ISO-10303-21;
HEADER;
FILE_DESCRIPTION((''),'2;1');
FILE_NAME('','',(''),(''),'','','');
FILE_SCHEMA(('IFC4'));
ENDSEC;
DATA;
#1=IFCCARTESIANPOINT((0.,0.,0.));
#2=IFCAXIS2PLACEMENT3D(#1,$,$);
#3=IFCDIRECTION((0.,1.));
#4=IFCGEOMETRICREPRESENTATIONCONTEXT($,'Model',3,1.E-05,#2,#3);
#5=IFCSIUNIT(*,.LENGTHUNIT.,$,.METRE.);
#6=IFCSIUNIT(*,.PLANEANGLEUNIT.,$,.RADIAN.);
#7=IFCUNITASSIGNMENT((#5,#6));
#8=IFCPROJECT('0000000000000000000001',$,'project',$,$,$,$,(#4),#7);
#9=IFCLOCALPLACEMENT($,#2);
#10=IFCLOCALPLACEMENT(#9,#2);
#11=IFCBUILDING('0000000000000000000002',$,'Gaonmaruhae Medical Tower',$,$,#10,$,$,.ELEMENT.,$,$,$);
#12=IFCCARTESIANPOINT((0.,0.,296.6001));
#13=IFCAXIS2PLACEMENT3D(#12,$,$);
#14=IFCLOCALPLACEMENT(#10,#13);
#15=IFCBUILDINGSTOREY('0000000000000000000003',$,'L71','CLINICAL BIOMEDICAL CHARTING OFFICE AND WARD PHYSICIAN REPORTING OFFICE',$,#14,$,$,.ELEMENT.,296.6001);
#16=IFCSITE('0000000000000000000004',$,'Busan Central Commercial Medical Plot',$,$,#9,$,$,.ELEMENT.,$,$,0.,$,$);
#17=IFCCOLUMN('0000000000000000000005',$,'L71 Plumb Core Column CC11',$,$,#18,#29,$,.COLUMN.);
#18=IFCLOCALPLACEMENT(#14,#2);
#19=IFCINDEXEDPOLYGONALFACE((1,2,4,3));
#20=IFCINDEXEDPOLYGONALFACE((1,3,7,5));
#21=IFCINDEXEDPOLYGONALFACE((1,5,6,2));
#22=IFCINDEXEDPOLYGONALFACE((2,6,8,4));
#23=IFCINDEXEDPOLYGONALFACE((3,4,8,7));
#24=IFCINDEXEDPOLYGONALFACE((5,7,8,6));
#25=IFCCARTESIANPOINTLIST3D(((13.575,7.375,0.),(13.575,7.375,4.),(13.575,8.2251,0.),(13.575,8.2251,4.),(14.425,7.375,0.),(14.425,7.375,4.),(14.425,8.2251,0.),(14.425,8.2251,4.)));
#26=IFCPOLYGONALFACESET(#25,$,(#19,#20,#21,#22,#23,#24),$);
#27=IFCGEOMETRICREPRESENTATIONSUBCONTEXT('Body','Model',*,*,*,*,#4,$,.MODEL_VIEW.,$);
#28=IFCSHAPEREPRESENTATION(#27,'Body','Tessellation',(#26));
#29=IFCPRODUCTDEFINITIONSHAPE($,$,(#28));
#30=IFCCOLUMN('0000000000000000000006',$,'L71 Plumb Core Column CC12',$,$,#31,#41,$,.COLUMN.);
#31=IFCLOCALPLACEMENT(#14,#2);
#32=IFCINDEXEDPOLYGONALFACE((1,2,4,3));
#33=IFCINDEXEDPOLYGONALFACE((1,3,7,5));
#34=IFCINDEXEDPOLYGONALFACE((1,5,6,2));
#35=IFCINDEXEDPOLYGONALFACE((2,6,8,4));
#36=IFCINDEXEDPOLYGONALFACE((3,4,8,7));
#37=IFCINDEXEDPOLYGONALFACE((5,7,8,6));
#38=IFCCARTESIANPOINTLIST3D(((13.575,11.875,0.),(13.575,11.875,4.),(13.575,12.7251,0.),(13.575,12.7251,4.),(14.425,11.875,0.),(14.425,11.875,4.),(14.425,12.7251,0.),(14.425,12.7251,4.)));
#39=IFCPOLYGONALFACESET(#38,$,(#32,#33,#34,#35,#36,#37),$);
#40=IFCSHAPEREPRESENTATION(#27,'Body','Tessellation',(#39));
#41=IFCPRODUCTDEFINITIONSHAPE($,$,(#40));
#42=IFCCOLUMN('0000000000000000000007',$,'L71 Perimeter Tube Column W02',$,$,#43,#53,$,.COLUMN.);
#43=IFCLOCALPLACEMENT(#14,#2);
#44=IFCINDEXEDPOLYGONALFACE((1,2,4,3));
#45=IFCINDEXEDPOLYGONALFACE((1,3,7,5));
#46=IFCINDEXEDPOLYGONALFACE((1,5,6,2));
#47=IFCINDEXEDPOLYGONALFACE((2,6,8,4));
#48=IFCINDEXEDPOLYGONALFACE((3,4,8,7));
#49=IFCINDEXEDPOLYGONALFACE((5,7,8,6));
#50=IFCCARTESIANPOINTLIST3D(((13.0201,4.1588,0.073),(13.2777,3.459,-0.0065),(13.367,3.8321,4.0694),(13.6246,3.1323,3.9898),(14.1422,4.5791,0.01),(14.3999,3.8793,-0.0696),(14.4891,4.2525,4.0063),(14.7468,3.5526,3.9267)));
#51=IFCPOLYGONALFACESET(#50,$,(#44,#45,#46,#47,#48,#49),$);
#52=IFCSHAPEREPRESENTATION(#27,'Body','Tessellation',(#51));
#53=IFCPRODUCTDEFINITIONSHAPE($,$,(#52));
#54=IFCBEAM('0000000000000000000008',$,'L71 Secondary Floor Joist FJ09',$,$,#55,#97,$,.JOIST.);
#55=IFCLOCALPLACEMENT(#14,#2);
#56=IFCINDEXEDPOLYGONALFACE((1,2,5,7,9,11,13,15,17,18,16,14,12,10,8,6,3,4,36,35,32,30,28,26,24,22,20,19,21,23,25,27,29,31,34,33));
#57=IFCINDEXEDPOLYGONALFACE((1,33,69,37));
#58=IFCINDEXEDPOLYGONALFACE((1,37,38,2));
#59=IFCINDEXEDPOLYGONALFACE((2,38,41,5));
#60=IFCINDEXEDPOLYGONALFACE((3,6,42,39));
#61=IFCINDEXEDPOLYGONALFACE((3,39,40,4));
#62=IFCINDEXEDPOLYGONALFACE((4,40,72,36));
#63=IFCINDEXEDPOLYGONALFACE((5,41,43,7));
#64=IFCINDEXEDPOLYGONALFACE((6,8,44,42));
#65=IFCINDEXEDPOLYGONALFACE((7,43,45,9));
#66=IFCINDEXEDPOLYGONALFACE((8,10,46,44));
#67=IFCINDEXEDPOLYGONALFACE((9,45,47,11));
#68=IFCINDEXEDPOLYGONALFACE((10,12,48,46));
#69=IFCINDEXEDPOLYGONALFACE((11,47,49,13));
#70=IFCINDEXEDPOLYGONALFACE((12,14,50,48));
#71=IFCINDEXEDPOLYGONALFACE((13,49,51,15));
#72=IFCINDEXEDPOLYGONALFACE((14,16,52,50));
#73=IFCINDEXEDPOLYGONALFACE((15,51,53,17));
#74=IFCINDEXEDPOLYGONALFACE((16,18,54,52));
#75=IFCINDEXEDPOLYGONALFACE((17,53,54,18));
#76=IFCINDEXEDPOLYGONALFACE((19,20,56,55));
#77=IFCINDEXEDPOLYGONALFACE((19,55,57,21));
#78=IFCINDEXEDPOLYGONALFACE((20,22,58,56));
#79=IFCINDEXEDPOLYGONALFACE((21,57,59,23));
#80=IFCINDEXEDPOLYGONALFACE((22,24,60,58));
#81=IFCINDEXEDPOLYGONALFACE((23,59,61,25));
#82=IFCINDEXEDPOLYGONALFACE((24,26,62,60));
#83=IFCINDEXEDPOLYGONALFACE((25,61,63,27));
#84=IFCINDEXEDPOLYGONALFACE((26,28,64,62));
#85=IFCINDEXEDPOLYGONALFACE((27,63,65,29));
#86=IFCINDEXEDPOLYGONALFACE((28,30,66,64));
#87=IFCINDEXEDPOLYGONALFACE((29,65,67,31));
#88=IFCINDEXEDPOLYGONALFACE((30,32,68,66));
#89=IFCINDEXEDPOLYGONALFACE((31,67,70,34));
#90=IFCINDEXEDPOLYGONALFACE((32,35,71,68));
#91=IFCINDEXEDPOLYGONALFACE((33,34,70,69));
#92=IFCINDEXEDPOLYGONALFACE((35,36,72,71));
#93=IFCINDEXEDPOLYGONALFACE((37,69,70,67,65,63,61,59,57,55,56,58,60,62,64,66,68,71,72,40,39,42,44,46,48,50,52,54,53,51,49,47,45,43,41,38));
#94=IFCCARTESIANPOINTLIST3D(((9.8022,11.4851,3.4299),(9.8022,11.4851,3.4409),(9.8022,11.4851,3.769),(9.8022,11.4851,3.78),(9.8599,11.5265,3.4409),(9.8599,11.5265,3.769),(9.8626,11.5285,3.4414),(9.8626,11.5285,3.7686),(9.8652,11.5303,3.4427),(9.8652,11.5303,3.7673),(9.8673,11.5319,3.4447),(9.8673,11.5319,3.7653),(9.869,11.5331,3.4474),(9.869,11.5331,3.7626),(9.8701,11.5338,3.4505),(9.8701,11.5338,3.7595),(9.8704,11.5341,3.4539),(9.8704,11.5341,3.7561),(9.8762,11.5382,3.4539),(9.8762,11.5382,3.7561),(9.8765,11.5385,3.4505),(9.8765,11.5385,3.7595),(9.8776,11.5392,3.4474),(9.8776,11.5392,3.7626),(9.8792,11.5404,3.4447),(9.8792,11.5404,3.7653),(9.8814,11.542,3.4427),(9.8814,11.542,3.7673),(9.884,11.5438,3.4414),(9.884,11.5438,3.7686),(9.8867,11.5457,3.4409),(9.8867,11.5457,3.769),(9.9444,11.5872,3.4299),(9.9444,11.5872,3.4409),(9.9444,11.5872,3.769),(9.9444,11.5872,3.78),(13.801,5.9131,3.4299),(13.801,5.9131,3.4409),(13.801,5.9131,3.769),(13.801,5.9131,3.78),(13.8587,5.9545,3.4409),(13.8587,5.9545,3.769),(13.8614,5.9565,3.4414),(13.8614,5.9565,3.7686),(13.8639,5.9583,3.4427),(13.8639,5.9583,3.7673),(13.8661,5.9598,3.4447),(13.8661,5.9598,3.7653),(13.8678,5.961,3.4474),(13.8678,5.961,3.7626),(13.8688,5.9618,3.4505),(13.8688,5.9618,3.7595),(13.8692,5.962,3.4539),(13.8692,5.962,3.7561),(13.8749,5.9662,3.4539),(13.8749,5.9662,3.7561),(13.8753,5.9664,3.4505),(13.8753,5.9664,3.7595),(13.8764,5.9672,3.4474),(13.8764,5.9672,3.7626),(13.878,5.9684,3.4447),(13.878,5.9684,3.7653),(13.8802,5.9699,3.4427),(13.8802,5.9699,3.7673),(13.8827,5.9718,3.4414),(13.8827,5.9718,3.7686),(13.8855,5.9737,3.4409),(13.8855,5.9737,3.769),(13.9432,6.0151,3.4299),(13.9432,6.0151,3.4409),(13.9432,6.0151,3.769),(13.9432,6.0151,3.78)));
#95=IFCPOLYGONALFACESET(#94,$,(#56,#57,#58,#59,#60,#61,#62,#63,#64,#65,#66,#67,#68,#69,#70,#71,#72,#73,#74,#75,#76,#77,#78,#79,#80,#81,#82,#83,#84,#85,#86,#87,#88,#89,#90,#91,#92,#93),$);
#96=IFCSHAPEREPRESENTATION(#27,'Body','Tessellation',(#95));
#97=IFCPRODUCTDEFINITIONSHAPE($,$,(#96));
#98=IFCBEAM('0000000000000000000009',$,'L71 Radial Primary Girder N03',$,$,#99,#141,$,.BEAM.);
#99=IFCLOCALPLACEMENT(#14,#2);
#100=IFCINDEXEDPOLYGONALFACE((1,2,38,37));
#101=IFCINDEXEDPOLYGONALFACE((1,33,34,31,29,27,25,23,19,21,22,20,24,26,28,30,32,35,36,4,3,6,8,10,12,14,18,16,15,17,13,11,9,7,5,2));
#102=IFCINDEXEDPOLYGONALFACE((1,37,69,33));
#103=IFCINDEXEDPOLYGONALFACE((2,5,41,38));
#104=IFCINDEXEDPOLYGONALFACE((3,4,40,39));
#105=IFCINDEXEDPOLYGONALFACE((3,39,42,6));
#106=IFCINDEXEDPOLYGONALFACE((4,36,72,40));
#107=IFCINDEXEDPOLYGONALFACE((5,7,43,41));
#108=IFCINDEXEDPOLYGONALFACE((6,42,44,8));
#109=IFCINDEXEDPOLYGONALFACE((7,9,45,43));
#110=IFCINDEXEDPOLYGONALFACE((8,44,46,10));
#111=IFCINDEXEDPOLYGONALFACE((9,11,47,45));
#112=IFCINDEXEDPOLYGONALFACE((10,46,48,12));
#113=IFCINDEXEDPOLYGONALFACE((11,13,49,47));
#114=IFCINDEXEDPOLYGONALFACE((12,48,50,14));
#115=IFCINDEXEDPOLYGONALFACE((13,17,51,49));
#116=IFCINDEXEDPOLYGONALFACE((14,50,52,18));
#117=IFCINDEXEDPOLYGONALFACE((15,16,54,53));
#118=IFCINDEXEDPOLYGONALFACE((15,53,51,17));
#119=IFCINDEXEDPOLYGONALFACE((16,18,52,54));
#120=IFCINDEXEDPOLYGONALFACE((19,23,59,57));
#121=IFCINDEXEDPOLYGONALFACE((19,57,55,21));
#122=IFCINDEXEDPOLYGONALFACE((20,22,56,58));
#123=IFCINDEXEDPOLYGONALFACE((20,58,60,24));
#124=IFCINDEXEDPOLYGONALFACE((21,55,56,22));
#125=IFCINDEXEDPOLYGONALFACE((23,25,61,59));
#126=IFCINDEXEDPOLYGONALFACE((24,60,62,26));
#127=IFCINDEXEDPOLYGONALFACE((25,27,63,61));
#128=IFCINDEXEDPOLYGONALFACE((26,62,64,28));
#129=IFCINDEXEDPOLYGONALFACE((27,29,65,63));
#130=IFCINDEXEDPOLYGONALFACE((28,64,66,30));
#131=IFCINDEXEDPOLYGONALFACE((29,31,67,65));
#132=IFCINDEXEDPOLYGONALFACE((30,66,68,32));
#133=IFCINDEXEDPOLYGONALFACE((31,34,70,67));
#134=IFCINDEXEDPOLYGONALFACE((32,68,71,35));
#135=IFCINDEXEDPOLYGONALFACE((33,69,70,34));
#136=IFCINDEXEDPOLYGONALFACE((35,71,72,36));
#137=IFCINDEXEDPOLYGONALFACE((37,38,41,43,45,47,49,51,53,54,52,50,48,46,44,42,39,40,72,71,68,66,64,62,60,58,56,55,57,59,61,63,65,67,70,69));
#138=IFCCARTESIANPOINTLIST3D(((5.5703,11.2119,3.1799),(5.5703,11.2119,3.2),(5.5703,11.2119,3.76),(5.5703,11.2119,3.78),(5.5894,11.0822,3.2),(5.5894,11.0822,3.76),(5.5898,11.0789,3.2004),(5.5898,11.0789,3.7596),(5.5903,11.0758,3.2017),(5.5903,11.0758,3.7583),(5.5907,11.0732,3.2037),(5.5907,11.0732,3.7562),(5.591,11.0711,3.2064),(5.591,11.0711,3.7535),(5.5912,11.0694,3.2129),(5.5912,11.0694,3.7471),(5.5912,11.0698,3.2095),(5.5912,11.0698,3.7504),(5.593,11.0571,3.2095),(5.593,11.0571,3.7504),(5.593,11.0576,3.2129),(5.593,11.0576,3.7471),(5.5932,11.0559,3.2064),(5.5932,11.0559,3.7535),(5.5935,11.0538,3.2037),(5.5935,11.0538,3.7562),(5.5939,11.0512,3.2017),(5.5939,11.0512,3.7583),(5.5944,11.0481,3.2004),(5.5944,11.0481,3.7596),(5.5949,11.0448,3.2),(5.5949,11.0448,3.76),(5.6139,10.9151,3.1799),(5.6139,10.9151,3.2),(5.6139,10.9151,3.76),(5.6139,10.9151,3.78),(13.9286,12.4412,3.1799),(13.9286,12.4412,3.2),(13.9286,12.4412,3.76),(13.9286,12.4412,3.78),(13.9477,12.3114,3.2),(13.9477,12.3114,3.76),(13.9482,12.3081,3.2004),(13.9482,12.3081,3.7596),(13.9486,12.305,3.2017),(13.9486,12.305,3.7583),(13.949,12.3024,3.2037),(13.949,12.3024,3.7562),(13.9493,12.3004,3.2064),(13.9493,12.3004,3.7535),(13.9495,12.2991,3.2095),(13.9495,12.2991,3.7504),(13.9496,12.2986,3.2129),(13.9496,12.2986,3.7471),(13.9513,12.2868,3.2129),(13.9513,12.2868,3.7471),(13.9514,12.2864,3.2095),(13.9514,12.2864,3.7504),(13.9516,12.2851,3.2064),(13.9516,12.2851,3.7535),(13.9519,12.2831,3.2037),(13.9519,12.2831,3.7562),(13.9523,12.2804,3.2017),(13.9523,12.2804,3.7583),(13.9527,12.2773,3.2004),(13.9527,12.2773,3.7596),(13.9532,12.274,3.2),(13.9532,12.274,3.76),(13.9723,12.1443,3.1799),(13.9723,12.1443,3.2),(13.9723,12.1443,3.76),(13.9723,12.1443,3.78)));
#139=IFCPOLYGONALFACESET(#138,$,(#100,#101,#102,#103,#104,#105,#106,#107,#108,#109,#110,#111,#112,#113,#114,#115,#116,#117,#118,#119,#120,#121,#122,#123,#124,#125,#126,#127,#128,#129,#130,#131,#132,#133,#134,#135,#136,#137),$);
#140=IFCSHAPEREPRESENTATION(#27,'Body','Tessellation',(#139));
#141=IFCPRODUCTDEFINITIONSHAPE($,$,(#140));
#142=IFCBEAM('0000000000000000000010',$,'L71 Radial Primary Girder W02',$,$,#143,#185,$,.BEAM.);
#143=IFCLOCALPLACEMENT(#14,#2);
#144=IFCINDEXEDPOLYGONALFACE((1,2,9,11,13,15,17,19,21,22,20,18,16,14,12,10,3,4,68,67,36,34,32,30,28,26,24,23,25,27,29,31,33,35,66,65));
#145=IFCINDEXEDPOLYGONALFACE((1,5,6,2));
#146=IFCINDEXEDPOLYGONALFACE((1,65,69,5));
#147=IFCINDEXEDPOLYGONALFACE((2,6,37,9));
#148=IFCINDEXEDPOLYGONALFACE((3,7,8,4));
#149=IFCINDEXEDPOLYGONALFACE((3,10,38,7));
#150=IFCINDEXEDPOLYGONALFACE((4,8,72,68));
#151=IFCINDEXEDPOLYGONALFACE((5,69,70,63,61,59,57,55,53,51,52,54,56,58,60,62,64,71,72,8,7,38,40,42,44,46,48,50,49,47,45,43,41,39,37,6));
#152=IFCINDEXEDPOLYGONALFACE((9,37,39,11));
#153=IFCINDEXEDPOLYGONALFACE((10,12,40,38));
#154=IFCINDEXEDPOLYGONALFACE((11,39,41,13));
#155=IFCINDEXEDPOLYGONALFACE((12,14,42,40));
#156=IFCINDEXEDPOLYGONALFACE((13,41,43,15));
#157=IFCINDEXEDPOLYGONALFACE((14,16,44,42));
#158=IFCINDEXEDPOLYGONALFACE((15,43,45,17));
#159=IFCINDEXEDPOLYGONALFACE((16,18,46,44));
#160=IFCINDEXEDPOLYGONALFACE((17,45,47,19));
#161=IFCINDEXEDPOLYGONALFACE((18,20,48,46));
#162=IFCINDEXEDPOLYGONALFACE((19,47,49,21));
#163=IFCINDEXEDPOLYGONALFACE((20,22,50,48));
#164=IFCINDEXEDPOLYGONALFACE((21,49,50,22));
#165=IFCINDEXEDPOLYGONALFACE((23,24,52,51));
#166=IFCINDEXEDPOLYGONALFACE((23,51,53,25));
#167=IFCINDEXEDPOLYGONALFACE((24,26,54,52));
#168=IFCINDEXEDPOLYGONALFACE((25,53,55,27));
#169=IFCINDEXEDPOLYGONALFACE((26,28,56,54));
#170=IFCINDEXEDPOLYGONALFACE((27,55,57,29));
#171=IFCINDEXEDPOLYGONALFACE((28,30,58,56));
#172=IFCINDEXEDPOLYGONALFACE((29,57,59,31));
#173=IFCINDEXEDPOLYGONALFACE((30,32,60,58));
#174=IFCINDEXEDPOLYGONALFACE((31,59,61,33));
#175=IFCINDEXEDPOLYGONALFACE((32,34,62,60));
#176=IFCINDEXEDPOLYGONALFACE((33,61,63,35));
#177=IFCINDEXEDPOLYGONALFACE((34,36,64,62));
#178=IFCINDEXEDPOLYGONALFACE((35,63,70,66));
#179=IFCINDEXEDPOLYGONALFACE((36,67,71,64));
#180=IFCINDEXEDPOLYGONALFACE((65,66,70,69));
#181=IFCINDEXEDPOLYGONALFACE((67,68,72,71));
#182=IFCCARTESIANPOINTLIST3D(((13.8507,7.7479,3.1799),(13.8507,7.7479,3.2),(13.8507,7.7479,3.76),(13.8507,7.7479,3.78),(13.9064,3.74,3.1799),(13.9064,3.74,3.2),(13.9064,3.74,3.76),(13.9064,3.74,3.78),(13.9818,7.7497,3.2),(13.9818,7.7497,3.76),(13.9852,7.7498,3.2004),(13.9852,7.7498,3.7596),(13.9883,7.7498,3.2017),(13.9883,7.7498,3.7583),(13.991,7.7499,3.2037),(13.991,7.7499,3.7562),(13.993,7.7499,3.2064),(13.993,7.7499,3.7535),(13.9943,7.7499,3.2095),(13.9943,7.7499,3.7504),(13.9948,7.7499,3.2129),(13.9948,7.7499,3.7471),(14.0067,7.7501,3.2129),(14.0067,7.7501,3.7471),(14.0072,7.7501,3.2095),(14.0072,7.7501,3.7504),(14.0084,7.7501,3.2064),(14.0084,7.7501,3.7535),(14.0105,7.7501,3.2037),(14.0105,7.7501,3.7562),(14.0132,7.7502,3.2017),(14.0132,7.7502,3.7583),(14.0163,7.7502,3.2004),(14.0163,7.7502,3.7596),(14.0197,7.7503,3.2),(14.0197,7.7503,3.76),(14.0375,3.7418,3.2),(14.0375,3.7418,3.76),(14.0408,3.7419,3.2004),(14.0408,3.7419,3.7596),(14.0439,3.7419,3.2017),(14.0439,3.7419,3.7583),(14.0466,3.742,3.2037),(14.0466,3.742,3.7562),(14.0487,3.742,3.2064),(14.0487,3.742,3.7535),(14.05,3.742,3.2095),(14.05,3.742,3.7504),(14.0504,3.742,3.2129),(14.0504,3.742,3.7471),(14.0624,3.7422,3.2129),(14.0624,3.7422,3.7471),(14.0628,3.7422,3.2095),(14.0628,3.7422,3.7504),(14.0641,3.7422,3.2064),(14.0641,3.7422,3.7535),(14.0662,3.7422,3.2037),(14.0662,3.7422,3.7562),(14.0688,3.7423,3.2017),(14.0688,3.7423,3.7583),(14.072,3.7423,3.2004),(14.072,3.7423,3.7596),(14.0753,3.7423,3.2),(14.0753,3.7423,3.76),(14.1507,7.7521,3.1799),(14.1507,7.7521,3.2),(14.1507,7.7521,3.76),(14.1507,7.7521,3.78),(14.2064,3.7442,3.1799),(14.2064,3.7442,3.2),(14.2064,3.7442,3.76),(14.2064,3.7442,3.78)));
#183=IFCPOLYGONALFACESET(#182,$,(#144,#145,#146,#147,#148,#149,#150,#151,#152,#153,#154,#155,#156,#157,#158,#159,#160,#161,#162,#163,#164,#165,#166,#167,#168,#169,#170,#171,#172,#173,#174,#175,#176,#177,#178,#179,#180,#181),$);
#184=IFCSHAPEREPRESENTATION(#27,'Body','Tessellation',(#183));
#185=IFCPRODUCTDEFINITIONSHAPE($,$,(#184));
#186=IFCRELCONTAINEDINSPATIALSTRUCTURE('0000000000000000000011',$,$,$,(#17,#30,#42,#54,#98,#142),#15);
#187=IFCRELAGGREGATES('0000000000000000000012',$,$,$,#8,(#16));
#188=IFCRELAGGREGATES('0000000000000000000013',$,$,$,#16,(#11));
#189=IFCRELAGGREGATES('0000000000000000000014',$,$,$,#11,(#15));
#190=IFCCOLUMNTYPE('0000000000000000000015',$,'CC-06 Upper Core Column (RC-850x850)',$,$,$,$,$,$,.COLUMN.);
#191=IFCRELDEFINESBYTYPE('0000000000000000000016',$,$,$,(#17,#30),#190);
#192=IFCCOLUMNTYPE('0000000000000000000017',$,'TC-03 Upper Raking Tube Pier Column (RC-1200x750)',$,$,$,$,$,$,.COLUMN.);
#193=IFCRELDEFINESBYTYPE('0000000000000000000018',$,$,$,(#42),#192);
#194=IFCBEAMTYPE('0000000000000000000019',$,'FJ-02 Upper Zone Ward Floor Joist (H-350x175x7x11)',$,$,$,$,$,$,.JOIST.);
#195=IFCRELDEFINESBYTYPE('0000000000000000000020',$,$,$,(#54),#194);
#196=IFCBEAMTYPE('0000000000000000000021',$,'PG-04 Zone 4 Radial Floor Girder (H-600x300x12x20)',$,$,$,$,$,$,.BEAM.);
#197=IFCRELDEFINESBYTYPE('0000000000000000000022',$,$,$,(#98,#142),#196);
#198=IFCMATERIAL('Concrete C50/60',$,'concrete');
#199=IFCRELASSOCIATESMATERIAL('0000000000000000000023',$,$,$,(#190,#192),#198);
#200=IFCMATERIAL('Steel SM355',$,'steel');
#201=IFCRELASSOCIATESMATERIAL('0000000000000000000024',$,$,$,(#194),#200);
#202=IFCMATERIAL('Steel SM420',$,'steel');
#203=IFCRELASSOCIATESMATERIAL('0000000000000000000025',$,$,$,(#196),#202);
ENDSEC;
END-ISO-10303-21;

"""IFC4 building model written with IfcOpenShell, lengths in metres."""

from ifc_helpers import new_model, si_unit, direction, frame, origin, origin_2d, place, context, subcontext, project, spatial, rectangle, i_section, extrude, material, material_profile, profile_set, type_object, element, save


model = new_model("IFC4")

# Units and contexts
model_context = context("Model", 3, precision=1e-05, world=origin(), true_north=direction((0.0, 1.0)))
body_context = subcontext(model_context, "Body", "Model", "MODEL_VIEW")
ifc_project = project(units=[si_unit("LENGTHUNIT", "METRE"), si_unit("PLANEANGLEUNIT", "RADIAN")], contexts=[model_context])

# Site, building, storey
site_placement = place(None, origin())
site = spatial("IfcSite", under=ifc_project, at=site_placement, Name="Busan Central Commercial Medical Plot", CompositionType="ELEMENT", RefElevation=0.0)
building_placement = place(site_placement, origin())
building = spatial("IfcBuilding", under=site, at=building_placement, Name="Gaonmaruhae Medical Tower", CompositionType="ELEMENT")
storey_placement = place(building_placement, frame((0.0, 0.0, 296.6001)))
storey = spatial("IfcBuildingStorey", under=building, at=storey_placement, Name="L71", Description="CLINICAL BIOMEDICAL CHARTING OFFICE AND WARD PHYSICIAN REPORTING OFFICE", CompositionType="ELEMENT", Elevation=296.6001)

# Columns
ifc_material_1 = material(Name="Concrete C50/60", Category="concrete")
ifc_material_profile_1 = material_profile(ifc_material_1, rectangle(XDim=0.8501, YDim=0.8501, at=origin_2d()), Name="RC-850x850")
ifc_profile_set_1 = profile_set([ifc_material_profile_1], Name="Concrete C50/60")
column_type_1 = type_object("IfcColumnType", Name="CC-06 Upper Core Column (RC-850x850)", PredefinedType="COLUMN", material=ifc_profile_set_1)
for number, where, z_axis, x_axis, name in (
    (1, (14.0, 7.8, 0.0), (0.0, 0.0, 1.0), (1.0, 0.0, 0.0), "L71 Plumb Core Column CC11"),
    (2, (14.0, 12.3, 0.0), (0.0, 0.0, 1.0), (1.0, 0.0, 0.0), "L71 Plumb Core Column CC12"),
):
    element("IfcColumn", number, at=place(storey_placement, frame(where, z_axis=z_axis, x_axis=x_axis)), inside=storey, type_object=column_type_1, Name=name, PredefinedType="COLUMN", context=body_context, shape_type="SweptSolid", body=[
        extrude(rectangle(XDim=0.8501, YDim=0.8501, at=origin_2d()), origin(), (0.0, 0.0, 1.0), 4.0),
    ])
ifc_material_profile_2 = material_profile(ifc_material_1, rectangle(XDim=1.2, YDim=0.75, at=origin_2d()), Name="RC-1200x750")
ifc_profile_set_2 = profile_set([ifc_material_profile_2], Name="Concrete C50/60")
column_type_2 = type_object("IfcColumnType", Name="TC-03 Upper Raking Tube Pier Column (RC-1200x750)", PredefinedType="COLUMN", material=ifc_profile_set_2)
column_placement = place(storey_placement, frame((13.71, 4.019, 0.0017), z_axis=(0.0862, -0.081165, 0.992966), x_axis=(-0.935172, -0.350273, 0.052551)))
element("IfcColumn", 3, at=column_placement, inside=storey, type_object=column_type_2, Name="L71 Perimeter Tube Column W02", PredefinedType="COLUMN", context=body_context, shape_type="SweptSolid", body=[
    extrude(rectangle(XDim=1.2, YDim=0.75, at=origin_2d()), origin(), (0.0, 0.0, 1.0), 4.0247),
])

# Beams
ifc_material_2 = material(Name="Steel SM355", Category="steel")
ifc_material_profile_3 = material_profile(ifc_material_2, i_section(OverallWidth=0.175, OverallDepth=0.3501, WebThickness=0.0071, FlangeThickness=0.011, FilletRadius=0.0129, at=origin_2d()), Name="H-350x175x7x11")
ifc_profile_set_3 = profile_set([ifc_material_profile_3], Name="Steel SM355")
beam_type_1 = type_object("IfcBeamType", Name="FJ-02 Upper Zone Ward Floor Joist (H-350x175x7x11)", PredefinedType="JOIST", material=ifc_profile_set_3)
beam_1_placement = place(storey_placement, frame((9.8733, 11.5361, 3.605), z_axis=(0.583048, -0.812437, 0.0), x_axis=(0.812437, 0.583048, 0.0)))
element("IfcBeam", 4, at=beam_1_placement, inside=storey, type_object=beam_type_1, Name="L71 Secondary Floor Joist FJ09", PredefinedType="JOIST", context=body_context, shape_type="SweptSolid", body=[
    extrude(i_section(OverallWidth=0.175, OverallDepth=0.3501, WebThickness=0.0071, FlangeThickness=0.011, FilletRadius=0.0129, at=origin_2d()), origin(), (0.0, 0.0, 1.0), 6.8584),
])
ifc_material_3 = material(Name="Steel SM420", Category="steel")
ifc_material_profile_4 = material_profile(ifc_material_3, i_section(OverallWidth=0.3, OverallDepth=0.6001, WebThickness=0.012, FlangeThickness=0.02, FilletRadius=0.0129, at=origin_2d()), Name="H-600x300x12x20")
ifc_profile_set_4 = profile_set([ifc_material_profile_4], Name="Steel SM420")
beam_type_2 = type_object("IfcBeamType", Name="PG-04 Zone 4 Radial Floor Girder (H-600x300x12x20)", PredefinedType="BEAM", material=ifc_profile_set_4)
beam_2_placement = place(storey_placement, frame((13.9504, 12.2927, 3.48), z_axis=(-0.989358, -0.145502, 0.0), x_axis=(0.145502, -0.989358, 0.0)))
element("IfcBeam", 5, at=beam_2_placement, inside=storey, type_object=beam_type_2, Name="L71 Radial Primary Girder N03", PredefinedType="BEAM", context=body_context, shape_type="SweptSolid", body=[
    extrude(i_section(OverallWidth=0.3, OverallDepth=0.6001, WebThickness=0.012, FlangeThickness=0.02, FilletRadius=0.0129, at=origin_2d()), origin(), (0.0, 0.0, 1.0), 8.4482),
])
beam_3_placement = place(storey_placement, frame((14.0007, 7.75, 3.48), z_axis=(0.013888, -0.999904, 0.0), x_axis=(0.999904, 0.013888, 0.0)))
element("IfcBeam", 6, at=beam_3_placement, inside=storey, type_object=beam_type_2, Name="L71 Radial Primary Girder W02", PredefinedType="BEAM", context=body_context, shape_type="SweptSolid", body=[
    extrude(i_section(OverallWidth=0.3, OverallDepth=0.6001, WebThickness=0.012, FlangeThickness=0.02, FilletRadius=0.0129, at=origin_2d()), origin(), (0.0, 0.0, 1.0), 4.0083),
])

save(model, "model.ifc")
